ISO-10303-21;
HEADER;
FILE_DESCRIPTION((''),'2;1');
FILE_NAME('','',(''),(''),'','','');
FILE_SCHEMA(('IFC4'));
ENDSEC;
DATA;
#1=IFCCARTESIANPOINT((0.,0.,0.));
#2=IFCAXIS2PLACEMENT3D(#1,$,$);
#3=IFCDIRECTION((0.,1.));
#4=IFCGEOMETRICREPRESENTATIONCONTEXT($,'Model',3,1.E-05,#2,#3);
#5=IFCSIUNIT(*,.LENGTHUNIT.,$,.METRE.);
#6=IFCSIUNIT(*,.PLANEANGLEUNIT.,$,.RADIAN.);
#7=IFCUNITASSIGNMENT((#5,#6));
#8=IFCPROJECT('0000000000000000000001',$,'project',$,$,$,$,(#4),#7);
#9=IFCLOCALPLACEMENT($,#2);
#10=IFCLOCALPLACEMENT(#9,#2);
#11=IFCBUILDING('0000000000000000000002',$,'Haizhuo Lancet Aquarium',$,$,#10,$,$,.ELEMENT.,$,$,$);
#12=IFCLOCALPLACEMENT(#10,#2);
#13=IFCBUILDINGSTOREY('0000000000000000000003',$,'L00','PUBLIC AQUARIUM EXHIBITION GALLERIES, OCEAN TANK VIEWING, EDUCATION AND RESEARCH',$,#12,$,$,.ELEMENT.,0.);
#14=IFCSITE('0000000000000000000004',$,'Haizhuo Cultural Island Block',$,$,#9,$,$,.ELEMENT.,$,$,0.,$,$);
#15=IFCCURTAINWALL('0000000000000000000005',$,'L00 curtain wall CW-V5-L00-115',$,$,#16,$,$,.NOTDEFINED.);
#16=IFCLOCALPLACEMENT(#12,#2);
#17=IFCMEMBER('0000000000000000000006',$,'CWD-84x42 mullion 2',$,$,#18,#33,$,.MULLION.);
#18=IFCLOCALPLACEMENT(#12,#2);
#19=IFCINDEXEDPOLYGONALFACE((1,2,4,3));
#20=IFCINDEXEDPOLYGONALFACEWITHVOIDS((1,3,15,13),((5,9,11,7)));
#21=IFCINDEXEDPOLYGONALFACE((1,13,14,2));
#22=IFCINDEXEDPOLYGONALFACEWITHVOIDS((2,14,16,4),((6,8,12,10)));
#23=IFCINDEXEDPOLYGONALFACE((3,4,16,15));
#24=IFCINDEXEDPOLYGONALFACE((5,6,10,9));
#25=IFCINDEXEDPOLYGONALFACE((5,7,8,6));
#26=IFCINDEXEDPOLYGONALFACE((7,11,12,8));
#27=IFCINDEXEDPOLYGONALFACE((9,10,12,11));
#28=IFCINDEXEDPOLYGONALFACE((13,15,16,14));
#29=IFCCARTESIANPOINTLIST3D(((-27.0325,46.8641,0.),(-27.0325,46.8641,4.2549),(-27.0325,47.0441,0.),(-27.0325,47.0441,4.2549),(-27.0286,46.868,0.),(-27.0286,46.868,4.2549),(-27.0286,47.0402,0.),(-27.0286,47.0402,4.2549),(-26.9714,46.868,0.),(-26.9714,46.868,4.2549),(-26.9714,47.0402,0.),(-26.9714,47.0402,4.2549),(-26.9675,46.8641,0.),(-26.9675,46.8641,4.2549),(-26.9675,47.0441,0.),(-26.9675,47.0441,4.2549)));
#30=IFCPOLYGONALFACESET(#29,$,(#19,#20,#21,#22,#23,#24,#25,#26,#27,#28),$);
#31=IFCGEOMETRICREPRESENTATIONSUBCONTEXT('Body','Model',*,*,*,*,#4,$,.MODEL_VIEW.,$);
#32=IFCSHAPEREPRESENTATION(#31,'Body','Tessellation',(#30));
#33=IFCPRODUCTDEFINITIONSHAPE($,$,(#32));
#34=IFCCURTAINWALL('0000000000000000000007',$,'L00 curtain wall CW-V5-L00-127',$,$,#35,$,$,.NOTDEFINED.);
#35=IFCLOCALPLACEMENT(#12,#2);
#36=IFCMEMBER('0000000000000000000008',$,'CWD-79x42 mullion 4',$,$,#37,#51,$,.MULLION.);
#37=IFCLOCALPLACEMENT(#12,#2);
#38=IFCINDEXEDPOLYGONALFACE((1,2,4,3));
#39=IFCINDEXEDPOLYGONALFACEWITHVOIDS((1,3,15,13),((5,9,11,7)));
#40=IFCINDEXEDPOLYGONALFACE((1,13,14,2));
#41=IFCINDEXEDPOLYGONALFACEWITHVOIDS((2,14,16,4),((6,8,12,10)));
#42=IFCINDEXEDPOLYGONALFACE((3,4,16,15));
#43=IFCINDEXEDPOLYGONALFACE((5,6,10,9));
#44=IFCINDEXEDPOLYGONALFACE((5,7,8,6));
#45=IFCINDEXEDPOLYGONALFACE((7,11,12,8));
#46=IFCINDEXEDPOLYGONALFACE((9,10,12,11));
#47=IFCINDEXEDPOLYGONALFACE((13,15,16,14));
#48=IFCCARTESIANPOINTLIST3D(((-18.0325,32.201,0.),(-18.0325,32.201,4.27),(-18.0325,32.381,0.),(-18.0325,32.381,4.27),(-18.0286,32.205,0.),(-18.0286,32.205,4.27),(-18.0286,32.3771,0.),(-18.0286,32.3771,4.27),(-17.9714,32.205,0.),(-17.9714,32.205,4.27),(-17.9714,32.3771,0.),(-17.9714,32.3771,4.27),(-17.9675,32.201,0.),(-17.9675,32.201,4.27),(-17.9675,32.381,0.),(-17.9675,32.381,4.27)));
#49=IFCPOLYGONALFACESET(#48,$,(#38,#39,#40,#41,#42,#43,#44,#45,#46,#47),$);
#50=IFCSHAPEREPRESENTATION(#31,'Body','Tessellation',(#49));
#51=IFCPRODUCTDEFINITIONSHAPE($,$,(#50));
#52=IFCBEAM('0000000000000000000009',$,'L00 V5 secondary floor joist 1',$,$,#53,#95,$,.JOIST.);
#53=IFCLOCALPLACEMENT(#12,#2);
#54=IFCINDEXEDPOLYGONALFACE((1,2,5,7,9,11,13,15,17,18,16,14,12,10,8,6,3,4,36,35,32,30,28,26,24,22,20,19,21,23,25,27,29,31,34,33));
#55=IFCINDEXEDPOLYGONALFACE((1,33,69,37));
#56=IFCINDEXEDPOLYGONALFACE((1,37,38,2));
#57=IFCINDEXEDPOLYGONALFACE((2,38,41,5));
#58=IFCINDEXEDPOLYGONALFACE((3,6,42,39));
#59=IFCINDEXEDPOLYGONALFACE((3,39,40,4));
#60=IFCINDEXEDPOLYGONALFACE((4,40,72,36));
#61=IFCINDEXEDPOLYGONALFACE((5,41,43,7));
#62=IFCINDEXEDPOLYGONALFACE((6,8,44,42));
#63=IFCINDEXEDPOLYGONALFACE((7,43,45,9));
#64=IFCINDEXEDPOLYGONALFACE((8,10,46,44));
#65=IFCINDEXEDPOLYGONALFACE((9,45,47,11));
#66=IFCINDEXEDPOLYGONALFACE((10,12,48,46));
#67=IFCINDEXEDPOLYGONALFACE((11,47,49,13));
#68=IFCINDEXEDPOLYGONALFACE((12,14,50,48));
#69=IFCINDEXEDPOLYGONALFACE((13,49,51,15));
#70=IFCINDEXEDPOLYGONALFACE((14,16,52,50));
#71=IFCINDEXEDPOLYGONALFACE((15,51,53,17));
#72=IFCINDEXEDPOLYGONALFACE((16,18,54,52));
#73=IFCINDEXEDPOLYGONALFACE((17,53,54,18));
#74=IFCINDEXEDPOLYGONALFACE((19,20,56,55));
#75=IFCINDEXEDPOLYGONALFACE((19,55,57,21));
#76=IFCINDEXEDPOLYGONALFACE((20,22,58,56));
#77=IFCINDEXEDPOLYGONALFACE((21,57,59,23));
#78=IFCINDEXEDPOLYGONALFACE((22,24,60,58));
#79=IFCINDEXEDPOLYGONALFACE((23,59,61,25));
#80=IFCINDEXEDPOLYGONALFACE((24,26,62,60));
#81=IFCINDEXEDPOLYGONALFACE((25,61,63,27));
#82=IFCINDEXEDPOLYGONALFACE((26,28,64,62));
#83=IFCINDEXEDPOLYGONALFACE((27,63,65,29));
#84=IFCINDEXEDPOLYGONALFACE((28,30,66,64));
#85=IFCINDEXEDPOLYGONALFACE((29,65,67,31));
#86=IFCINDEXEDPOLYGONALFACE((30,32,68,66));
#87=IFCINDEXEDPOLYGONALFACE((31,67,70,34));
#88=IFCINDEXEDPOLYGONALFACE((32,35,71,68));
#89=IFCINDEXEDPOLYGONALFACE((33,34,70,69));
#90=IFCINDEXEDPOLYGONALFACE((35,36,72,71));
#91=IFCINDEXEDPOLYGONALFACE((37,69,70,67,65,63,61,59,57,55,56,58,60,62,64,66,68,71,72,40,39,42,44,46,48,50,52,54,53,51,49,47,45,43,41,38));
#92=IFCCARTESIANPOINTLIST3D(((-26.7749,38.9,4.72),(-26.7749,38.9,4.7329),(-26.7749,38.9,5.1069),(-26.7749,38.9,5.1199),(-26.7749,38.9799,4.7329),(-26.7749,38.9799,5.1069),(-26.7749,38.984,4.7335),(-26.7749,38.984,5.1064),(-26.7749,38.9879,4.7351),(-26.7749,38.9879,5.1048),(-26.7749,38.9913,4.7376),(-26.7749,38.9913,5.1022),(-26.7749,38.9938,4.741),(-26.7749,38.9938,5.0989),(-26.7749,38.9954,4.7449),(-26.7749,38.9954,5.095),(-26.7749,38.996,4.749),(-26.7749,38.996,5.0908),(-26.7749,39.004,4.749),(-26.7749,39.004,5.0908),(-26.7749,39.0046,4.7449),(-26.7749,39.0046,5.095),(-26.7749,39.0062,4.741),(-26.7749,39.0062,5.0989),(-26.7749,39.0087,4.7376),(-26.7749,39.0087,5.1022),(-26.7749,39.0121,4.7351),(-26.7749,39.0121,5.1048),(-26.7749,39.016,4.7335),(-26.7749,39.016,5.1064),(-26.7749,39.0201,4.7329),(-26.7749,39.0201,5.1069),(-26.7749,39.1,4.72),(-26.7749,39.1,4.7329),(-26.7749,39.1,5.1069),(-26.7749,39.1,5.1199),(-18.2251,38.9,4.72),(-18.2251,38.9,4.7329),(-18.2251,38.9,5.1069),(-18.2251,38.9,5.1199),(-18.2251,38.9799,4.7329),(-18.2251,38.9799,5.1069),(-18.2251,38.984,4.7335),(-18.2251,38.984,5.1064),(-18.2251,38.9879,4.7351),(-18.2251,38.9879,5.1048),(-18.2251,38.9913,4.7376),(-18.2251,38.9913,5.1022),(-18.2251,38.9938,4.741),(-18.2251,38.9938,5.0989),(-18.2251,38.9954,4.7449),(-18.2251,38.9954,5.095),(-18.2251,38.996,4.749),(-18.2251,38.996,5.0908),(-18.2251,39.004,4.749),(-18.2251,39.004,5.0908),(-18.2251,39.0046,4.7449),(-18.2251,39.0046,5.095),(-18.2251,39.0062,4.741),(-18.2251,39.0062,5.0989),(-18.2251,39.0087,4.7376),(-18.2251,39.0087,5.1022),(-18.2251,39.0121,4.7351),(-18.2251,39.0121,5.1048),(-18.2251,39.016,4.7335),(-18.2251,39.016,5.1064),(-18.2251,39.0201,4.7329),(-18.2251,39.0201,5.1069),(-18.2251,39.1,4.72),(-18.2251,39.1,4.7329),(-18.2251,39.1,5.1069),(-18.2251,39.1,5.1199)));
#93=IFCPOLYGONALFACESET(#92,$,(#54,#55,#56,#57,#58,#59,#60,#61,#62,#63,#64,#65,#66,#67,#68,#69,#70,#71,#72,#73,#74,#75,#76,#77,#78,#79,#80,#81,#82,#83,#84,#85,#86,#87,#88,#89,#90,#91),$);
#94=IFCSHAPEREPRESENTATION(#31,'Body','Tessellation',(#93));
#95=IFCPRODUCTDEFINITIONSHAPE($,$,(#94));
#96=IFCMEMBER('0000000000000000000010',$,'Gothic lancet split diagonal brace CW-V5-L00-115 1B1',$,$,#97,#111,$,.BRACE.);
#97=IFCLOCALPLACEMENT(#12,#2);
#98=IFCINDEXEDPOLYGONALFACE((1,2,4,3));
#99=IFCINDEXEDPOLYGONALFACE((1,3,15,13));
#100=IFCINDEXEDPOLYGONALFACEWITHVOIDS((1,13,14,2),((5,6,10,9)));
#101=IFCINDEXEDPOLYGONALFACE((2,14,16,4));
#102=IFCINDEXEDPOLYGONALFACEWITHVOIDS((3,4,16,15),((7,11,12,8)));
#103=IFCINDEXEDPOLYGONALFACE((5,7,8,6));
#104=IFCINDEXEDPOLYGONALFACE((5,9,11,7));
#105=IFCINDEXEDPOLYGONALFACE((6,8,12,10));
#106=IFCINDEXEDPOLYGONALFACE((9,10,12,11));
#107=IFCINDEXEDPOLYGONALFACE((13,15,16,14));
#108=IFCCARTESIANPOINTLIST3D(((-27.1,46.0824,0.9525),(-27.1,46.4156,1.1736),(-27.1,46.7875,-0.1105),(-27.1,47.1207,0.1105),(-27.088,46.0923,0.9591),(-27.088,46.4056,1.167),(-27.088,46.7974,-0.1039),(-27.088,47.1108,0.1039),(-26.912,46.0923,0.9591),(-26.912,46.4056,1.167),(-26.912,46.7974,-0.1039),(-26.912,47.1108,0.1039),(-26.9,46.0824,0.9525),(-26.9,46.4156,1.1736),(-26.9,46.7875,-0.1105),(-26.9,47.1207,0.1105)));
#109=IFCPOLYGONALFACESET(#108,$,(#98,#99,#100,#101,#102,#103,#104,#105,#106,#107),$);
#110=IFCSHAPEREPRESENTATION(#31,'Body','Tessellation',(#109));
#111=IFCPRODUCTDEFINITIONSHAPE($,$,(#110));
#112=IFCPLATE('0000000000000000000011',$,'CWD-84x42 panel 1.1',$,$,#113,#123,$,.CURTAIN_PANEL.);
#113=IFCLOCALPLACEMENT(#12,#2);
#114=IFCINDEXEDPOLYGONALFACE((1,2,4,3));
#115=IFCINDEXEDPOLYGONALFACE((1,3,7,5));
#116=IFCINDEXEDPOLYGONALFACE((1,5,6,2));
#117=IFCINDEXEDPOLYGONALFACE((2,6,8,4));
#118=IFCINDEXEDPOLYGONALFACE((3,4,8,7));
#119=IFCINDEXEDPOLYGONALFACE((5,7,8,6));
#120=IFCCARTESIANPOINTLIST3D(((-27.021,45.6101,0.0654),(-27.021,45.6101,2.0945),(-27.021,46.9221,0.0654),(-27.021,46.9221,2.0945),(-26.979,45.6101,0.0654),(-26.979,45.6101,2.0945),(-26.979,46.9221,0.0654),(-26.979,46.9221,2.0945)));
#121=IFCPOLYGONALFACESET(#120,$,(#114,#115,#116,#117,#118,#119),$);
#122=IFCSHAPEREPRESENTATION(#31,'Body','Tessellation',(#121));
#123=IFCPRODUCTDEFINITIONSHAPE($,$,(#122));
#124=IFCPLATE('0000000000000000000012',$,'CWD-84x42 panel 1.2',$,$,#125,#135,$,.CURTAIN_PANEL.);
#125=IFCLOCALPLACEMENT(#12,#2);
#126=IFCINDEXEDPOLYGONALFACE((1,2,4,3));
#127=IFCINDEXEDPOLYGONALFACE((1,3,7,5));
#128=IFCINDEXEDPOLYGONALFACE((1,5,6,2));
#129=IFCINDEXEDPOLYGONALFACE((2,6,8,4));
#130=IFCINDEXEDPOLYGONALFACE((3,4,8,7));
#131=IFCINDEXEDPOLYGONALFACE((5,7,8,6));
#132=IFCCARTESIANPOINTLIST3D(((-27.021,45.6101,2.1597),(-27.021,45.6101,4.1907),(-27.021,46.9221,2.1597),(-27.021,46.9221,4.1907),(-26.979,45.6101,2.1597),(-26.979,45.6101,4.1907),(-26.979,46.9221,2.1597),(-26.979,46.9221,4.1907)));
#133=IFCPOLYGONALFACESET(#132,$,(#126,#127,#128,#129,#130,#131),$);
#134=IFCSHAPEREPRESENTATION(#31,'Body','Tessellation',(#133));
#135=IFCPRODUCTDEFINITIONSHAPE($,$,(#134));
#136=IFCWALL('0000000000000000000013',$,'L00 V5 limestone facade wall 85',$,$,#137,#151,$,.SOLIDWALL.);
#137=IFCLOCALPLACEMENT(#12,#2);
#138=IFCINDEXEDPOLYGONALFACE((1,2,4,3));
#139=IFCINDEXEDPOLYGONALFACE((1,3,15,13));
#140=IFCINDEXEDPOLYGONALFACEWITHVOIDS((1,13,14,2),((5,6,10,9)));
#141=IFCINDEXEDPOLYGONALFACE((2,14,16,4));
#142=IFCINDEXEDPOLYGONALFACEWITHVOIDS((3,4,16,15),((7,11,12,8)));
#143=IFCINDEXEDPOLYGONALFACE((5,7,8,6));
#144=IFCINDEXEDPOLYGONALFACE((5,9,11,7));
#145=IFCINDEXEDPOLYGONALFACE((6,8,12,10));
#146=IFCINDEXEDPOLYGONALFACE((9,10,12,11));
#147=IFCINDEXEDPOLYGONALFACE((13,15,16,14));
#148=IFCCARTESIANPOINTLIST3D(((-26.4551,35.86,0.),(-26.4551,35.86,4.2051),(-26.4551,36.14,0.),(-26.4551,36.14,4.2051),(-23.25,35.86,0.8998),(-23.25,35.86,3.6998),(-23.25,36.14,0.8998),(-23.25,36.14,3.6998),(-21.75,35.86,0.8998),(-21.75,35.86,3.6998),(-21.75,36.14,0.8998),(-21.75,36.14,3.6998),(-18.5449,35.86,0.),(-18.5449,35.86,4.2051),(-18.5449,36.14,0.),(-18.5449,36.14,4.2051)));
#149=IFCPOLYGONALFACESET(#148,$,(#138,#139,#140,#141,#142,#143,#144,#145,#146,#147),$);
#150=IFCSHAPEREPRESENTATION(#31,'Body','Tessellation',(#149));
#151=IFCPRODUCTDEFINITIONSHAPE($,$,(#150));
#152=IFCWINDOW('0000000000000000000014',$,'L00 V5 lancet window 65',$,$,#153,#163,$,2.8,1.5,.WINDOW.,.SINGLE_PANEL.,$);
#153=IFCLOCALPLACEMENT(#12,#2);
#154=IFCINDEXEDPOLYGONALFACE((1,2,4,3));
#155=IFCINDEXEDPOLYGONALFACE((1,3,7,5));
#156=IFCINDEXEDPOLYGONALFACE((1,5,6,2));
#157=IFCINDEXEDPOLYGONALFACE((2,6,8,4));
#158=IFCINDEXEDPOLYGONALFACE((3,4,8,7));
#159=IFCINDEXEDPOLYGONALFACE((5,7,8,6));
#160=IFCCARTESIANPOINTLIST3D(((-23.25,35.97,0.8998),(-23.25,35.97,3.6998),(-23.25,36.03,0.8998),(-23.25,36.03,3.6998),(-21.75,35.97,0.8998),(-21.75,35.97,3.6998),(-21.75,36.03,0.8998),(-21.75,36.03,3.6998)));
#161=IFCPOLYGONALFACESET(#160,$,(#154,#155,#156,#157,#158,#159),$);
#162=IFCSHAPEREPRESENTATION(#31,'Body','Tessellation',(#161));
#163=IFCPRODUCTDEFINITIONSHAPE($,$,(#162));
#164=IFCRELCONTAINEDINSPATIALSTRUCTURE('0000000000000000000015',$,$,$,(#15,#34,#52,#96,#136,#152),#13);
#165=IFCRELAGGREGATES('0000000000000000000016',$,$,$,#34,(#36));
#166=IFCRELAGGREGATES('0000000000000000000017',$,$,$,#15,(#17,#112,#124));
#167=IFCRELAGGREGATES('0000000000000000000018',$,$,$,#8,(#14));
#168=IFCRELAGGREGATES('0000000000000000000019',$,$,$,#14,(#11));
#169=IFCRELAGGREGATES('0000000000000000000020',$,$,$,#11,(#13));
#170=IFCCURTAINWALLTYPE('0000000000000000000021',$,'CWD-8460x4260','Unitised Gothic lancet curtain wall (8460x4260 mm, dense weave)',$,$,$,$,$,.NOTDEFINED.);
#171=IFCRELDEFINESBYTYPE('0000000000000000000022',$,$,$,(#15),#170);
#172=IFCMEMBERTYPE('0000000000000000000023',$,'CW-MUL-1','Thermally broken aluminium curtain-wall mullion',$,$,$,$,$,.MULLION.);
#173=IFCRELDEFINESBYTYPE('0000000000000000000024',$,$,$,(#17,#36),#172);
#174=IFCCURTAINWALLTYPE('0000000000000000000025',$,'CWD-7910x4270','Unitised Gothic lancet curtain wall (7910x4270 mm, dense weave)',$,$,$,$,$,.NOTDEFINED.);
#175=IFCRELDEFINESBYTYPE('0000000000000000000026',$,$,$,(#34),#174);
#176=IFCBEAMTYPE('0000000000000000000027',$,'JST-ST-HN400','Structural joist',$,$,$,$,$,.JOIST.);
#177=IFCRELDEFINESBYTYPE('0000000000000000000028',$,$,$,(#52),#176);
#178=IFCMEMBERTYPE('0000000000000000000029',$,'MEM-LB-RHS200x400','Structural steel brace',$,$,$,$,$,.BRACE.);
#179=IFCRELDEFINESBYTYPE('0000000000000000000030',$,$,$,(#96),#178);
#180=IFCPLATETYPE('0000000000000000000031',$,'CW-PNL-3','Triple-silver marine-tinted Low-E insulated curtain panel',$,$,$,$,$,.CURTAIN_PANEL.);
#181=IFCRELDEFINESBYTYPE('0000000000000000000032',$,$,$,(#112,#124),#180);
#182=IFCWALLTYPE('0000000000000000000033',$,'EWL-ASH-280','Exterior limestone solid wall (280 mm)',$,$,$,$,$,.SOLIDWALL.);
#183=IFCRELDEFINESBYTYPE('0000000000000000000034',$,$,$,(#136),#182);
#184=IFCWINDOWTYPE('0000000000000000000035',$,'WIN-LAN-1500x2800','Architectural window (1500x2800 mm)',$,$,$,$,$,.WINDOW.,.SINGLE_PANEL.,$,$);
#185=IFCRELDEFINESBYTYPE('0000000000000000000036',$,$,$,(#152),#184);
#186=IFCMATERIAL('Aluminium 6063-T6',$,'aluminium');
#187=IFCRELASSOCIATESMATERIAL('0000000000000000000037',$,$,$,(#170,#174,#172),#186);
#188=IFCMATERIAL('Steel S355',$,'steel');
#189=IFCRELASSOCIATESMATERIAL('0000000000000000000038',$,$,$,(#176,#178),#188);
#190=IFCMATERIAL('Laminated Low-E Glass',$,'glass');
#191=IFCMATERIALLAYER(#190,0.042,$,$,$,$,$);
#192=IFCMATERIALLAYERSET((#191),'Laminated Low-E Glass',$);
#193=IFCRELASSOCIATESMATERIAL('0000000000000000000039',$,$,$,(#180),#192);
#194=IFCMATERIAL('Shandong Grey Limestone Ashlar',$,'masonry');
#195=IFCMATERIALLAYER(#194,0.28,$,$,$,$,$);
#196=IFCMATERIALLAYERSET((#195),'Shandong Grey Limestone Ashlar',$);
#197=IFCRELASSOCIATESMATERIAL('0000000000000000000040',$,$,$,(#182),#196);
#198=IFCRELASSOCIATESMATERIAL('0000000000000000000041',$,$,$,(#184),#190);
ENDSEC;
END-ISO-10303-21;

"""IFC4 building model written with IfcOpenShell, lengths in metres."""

from ifc_helpers import new_model, si_unit, direction, frame, frame_2d, origin, origin_2d, place, context, subcontext, project, spatial, rectangle, hollow_rectangle, i_section, extrude, material, layer, layer_set, material_profile, profile_set, type_object, element, fill, aggregate, save


model = new_model("IFC4")

# Units and contexts
model_context = context("Model", 3, precision=1e-05, world=origin(), true_north=direction((0.0, 1.0)))
body_context = subcontext(model_context, "Body", "Model", "MODEL_VIEW")
ifc_project = project(units=[si_unit("LENGTHUNIT", "METRE"), si_unit("PLANEANGLEUNIT", "RADIAN")], contexts=[model_context])

# Site, building, storey
site_placement = place(None, origin())
site = spatial("IfcSite", under=ifc_project, at=site_placement, Name="Haizhuo Cultural Island Block", CompositionType="ELEMENT", RefElevation=0.0)
building_placement = place(site_placement, origin())
building = spatial("IfcBuilding", under=site, at=building_placement, Name="Haizhuo Lancet Aquarium", CompositionType="ELEMENT")
storey_placement = place(building_placement, origin())
storey = spatial("IfcBuildingStorey", under=building, at=storey_placement, Name="L00", Description="PUBLIC AQUARIUM EXHIBITION GALLERIES, OCEAN TANK VIEWING, EDUCATION AND RESEARCH", CompositionType="ELEMENT", Elevation=0.0)

# Curtain walls, members
ifc_material_1 = material(Name="Aluminium 6063-T6", Category="aluminium")
curtain_wall_type_1 = type_object("IfcCurtainWallType", Name="CWD-8460x4260", Description="Unitised Gothic lancet curtain wall (8460x4260 mm, dense weave)", PredefinedType="NOTDEFINED", material=ifc_material_1)
curtain_wall_1_placement = place(storey_placement, origin())
curtain_wall_1 = element("IfcCurtainWall", 1, at=curtain_wall_1_placement, inside=storey, type_object=curtain_wall_type_1, Name="L00 curtain wall CW-V5-L00-115", PredefinedType="NOTDEFINED")
ifc_material_profile_1 = material_profile(ifc_material_1, hollow_rectangle(XDim=0.0649, YDim=0.1799, WallThickness=0.0039, at=origin_2d()), Name="ALU-M 65x180x4")
ifc_profile_set_1 = profile_set([ifc_material_profile_1], Name="Aluminium 6063-T6")
member_type_1 = type_object("IfcMemberType", Name="CW-MUL-1", Description="Thermally broken aluminium curtain-wall mullion", PredefinedType="MULLION", material=ifc_profile_set_1)
member_1_placement = place(storey_placement, frame((-27.0, 46.9541, 0.0), z_axis=(0.0, 0.0, 1.0), x_axis=(-1.0, 0.0, 0.0)))
member_1 = element("IfcMember", 2, at=member_1_placement, type_object=member_type_1, Name="CWD-84x42 mullion 2", PredefinedType="MULLION", context=body_context, shape_type="SweptSolid", body=[
    extrude(hollow_rectangle(XDim=0.0649, YDim=0.1799, WallThickness=0.0039, at=origin_2d()), origin(), (0.0, 0.0, 1.0), 4.2549),
])
curtain_wall_type_2 = type_object("IfcCurtainWallType", Name="CWD-7910x4270", Description="Unitised Gothic lancet curtain wall (7910x4270 mm, dense weave)", PredefinedType="NOTDEFINED", material=ifc_material_1)
curtain_wall_2_placement = place(storey_placement, origin())
curtain_wall_2 = element("IfcCurtainWall", 3, at=curtain_wall_2_placement, inside=storey, type_object=curtain_wall_type_2, Name="L00 curtain wall CW-V5-L00-127", PredefinedType="NOTDEFINED")
member_2_placement = place(storey_placement, frame((-18.0, 32.291, 0.0), z_axis=(0.0, 0.0, 1.0), x_axis=(-1.0, 0.0, 0.0)))
member_2 = element("IfcMember", 4, at=member_2_placement, type_object=member_type_1, Name="CWD-79x42 mullion 4", PredefinedType="MULLION", context=body_context, shape_type="SweptSolid", body=[
    extrude(hollow_rectangle(XDim=0.0649, YDim=0.1799, WallThickness=0.0039, at=origin_2d()), origin(), (0.0, 0.0, 1.0), 4.27),
])
aggregate(curtain_wall_2, [member_2])

# Beam
ifc_material_2 = material(Name="Steel S355", Category="steel")
ifc_material_profile_2 = material_profile(ifc_material_2, i_section(OverallWidth=0.2, OverallDepth=0.3999, WebThickness=0.0081, FlangeThickness=0.0129, FilletRadius=0.0161, at=origin_2d()), Name="HN 400x200x8x13")
ifc_profile_set_2 = profile_set([ifc_material_profile_2], Name="Steel S355")
beam_type = type_object("IfcBeamType", Name="JST-ST-HN400", Description="Structural joist", PredefinedType="JOIST", material=ifc_profile_set_2)
beam_placement = place(storey_placement, frame((-26.7749, 39.0, 4.9199), z_axis=(1.0, 0.0, 0.0), x_axis=(0.0, 1.0, 0.0)))
element("IfcBeam", 5, at=beam_placement, inside=storey, type_object=beam_type, Name="L00 V5 secondary floor joist 1", PredefinedType="JOIST", context=body_context, shape_type="SweptSolid", body=[
    extrude(i_section(OverallWidth=0.2, OverallDepth=0.3999, WebThickness=0.0081, FlangeThickness=0.0129, FilletRadius=0.0161, at=origin_2d()), origin(), (0.0, 0.0, 1.0), 8.5498),
])

# Member
ifc_material_profile_3 = material_profile(ifc_material_2, hollow_rectangle(XDim=0.2, YDim=0.3999, WallThickness=0.012, at=origin_2d()), Name="RHS 200x400x12")
ifc_profile_set_3 = profile_set([ifc_material_profile_3], Name="Steel S355")
member_type_2 = type_object("IfcMemberType", Name="MEM-LB-RHS200x400", Description="Structural steel brace", PredefinedType="BRACE", material=ifc_profile_set_3)
member_3_placement = place(storey_placement, frame((-27.0, 46.9541, 0.0), z_axis=(0.0, -0.552755, 0.833344), x_axis=(1.0, 0.0, 0.0)))
element("IfcMember", 6, at=member_3_placement, inside=storey, type_object=member_type_2, Name="Gothic lancet split diagonal brace CW-V5-L00-115 1B1", PredefinedType="BRACE", context=body_context, shape_type="SweptSolid", body=[
    extrude(hollow_rectangle(XDim=0.2, YDim=0.3999, WallThickness=0.012, at=origin_2d()), origin(), (0.0, 0.0, 1.0), 1.2756),
])

# Plates
ifc_material_3 = material(Name="Laminated Low-E Glass", Category="glass")
ifc_layer_1 = layer(ifc_material_3, 0.042)
ifc_layer_set_1 = layer_set([ifc_layer_1], Name="Laminated Low-E Glass")
plate_type = type_object("IfcPlateType", Name="CW-PNL-3", Description="Triple-silver marine-tinted Low-E insulated curtain panel", PredefinedType="CURTAIN_PANEL", material=ifc_layer_set_1)
plate_1_placement = place(storey_placement, frame((-27.0, 46.2661, 0.0654), z_axis=(0.0, 0.0, 1.0), x_axis=(0.0, 1.0, 0.0)))
plate_1 = element("IfcPlate", 7, at=plate_1_placement, type_object=plate_type, Name="CWD-84x42 panel 1.1", PredefinedType="CURTAIN_PANEL", context=body_context, shape_type="SweptSolid", body=[
    extrude(rectangle(XDim=1.312, YDim=0.042, at=origin_2d()), origin(), (0.0, 0.0, 1.0), 2.0291),
])
plate_2_placement = place(storey_placement, frame((-27.0, 46.2661, 2.1597), z_axis=(0.0, 0.0, 1.0), x_axis=(0.0, 1.0, 0.0)))
plate_2 = element("IfcPlate", 8, at=plate_2_placement, type_object=plate_type, Name="CWD-84x42 panel 1.2", PredefinedType="CURTAIN_PANEL", context=body_context, shape_type="SweptSolid", body=[
    extrude(rectangle(XDim=1.312, YDim=0.042, at=origin_2d()), origin(), (0.0, 0.0, 1.0), 2.031),
])
aggregate(curtain_wall_1, [member_1, plate_1, plate_2])

# Wall, opening, window
ifc_material_4 = material(Name="Shandong Grey Limestone Ashlar", Category="masonry")
ifc_layer_2 = layer(ifc_material_4, 0.28)
ifc_layer_set_2 = layer_set([ifc_layer_2], Name="Shandong Grey Limestone Ashlar")
wall_type_1 = type_object("IfcWallType", Name="EWL-ASH-280", Description="Exterior limestone solid wall (280 mm)", PredefinedType="SOLIDWALL", material=ifc_layer_set_2)
wall_1_placement = place(storey_placement, frame((-18.5449, 36.0, 0.0), z_axis=(0.0, 0.0, 1.0), x_axis=(-1.0, 0.0, 0.0)))
wall_1 = element("IfcWall", 9, at=wall_1_placement, inside=storey, type_object=wall_type_1, Name="L00 V5 limestone facade wall 85", PredefinedType="SOLIDWALL", context=body_context, shape_type="SweptSolid", body=[
    extrude(rectangle(XDim=7.9102, YDim=0.28, at=frame_2d((3.9551, 0.0))), origin(), (0.0, 0.0, 1.0), 4.2051),
])
opening_1_placement = place(wall_1_placement, frame((3.2051, 0.0, 0.8999)))
opening_1 = element("IfcOpeningElement", 10, at=opening_1_placement, cuts=wall_1, PredefinedType="OPENING", context=body_context, shape_type="SweptSolid", body=[
    extrude(rectangle(XDim=1.5, YDim=2.8, at=frame_2d((0.75, 1.3999))), frame((0.0, 0.1499, 0.0), z_axis=(0.0, -1.0, 0.0), x_axis=(1.0, 0.0, 0.0)), (0.0, 0.0, 1.0), 0.3),
])
window_type = type_object("IfcWindowType", Name="WIN-LAN-1500x2800", Description="Architectural window (1500x2800 mm)", PartitioningType="SINGLE_PANEL", PredefinedType="WINDOW", material=ifc_material_3)
window_placement = place(opening_1_placement, origin())
window = element("IfcWindow", 11, at=window_placement, inside=storey, type_object=window_type, Name="L00 V5 lancet window 65", OverallHeight=2.8, OverallWidth=1.5, PartitioningType="SINGLE_PANEL", PredefinedType="WINDOW", context=body_context, shape_type="SweptSolid", body=[
    extrude(rectangle(XDim=1.5, YDim=2.8, at=frame_2d((0.75, 1.3999))), frame((0.0, 0.03, 0.0), z_axis=(0.0, -1.0, 0.0), x_axis=(1.0, 0.0, 0.0)), (0.0, 0.0, 1.0), 0.0601),
])
fill(opening_1, window)

save(model, "model.ifc")
